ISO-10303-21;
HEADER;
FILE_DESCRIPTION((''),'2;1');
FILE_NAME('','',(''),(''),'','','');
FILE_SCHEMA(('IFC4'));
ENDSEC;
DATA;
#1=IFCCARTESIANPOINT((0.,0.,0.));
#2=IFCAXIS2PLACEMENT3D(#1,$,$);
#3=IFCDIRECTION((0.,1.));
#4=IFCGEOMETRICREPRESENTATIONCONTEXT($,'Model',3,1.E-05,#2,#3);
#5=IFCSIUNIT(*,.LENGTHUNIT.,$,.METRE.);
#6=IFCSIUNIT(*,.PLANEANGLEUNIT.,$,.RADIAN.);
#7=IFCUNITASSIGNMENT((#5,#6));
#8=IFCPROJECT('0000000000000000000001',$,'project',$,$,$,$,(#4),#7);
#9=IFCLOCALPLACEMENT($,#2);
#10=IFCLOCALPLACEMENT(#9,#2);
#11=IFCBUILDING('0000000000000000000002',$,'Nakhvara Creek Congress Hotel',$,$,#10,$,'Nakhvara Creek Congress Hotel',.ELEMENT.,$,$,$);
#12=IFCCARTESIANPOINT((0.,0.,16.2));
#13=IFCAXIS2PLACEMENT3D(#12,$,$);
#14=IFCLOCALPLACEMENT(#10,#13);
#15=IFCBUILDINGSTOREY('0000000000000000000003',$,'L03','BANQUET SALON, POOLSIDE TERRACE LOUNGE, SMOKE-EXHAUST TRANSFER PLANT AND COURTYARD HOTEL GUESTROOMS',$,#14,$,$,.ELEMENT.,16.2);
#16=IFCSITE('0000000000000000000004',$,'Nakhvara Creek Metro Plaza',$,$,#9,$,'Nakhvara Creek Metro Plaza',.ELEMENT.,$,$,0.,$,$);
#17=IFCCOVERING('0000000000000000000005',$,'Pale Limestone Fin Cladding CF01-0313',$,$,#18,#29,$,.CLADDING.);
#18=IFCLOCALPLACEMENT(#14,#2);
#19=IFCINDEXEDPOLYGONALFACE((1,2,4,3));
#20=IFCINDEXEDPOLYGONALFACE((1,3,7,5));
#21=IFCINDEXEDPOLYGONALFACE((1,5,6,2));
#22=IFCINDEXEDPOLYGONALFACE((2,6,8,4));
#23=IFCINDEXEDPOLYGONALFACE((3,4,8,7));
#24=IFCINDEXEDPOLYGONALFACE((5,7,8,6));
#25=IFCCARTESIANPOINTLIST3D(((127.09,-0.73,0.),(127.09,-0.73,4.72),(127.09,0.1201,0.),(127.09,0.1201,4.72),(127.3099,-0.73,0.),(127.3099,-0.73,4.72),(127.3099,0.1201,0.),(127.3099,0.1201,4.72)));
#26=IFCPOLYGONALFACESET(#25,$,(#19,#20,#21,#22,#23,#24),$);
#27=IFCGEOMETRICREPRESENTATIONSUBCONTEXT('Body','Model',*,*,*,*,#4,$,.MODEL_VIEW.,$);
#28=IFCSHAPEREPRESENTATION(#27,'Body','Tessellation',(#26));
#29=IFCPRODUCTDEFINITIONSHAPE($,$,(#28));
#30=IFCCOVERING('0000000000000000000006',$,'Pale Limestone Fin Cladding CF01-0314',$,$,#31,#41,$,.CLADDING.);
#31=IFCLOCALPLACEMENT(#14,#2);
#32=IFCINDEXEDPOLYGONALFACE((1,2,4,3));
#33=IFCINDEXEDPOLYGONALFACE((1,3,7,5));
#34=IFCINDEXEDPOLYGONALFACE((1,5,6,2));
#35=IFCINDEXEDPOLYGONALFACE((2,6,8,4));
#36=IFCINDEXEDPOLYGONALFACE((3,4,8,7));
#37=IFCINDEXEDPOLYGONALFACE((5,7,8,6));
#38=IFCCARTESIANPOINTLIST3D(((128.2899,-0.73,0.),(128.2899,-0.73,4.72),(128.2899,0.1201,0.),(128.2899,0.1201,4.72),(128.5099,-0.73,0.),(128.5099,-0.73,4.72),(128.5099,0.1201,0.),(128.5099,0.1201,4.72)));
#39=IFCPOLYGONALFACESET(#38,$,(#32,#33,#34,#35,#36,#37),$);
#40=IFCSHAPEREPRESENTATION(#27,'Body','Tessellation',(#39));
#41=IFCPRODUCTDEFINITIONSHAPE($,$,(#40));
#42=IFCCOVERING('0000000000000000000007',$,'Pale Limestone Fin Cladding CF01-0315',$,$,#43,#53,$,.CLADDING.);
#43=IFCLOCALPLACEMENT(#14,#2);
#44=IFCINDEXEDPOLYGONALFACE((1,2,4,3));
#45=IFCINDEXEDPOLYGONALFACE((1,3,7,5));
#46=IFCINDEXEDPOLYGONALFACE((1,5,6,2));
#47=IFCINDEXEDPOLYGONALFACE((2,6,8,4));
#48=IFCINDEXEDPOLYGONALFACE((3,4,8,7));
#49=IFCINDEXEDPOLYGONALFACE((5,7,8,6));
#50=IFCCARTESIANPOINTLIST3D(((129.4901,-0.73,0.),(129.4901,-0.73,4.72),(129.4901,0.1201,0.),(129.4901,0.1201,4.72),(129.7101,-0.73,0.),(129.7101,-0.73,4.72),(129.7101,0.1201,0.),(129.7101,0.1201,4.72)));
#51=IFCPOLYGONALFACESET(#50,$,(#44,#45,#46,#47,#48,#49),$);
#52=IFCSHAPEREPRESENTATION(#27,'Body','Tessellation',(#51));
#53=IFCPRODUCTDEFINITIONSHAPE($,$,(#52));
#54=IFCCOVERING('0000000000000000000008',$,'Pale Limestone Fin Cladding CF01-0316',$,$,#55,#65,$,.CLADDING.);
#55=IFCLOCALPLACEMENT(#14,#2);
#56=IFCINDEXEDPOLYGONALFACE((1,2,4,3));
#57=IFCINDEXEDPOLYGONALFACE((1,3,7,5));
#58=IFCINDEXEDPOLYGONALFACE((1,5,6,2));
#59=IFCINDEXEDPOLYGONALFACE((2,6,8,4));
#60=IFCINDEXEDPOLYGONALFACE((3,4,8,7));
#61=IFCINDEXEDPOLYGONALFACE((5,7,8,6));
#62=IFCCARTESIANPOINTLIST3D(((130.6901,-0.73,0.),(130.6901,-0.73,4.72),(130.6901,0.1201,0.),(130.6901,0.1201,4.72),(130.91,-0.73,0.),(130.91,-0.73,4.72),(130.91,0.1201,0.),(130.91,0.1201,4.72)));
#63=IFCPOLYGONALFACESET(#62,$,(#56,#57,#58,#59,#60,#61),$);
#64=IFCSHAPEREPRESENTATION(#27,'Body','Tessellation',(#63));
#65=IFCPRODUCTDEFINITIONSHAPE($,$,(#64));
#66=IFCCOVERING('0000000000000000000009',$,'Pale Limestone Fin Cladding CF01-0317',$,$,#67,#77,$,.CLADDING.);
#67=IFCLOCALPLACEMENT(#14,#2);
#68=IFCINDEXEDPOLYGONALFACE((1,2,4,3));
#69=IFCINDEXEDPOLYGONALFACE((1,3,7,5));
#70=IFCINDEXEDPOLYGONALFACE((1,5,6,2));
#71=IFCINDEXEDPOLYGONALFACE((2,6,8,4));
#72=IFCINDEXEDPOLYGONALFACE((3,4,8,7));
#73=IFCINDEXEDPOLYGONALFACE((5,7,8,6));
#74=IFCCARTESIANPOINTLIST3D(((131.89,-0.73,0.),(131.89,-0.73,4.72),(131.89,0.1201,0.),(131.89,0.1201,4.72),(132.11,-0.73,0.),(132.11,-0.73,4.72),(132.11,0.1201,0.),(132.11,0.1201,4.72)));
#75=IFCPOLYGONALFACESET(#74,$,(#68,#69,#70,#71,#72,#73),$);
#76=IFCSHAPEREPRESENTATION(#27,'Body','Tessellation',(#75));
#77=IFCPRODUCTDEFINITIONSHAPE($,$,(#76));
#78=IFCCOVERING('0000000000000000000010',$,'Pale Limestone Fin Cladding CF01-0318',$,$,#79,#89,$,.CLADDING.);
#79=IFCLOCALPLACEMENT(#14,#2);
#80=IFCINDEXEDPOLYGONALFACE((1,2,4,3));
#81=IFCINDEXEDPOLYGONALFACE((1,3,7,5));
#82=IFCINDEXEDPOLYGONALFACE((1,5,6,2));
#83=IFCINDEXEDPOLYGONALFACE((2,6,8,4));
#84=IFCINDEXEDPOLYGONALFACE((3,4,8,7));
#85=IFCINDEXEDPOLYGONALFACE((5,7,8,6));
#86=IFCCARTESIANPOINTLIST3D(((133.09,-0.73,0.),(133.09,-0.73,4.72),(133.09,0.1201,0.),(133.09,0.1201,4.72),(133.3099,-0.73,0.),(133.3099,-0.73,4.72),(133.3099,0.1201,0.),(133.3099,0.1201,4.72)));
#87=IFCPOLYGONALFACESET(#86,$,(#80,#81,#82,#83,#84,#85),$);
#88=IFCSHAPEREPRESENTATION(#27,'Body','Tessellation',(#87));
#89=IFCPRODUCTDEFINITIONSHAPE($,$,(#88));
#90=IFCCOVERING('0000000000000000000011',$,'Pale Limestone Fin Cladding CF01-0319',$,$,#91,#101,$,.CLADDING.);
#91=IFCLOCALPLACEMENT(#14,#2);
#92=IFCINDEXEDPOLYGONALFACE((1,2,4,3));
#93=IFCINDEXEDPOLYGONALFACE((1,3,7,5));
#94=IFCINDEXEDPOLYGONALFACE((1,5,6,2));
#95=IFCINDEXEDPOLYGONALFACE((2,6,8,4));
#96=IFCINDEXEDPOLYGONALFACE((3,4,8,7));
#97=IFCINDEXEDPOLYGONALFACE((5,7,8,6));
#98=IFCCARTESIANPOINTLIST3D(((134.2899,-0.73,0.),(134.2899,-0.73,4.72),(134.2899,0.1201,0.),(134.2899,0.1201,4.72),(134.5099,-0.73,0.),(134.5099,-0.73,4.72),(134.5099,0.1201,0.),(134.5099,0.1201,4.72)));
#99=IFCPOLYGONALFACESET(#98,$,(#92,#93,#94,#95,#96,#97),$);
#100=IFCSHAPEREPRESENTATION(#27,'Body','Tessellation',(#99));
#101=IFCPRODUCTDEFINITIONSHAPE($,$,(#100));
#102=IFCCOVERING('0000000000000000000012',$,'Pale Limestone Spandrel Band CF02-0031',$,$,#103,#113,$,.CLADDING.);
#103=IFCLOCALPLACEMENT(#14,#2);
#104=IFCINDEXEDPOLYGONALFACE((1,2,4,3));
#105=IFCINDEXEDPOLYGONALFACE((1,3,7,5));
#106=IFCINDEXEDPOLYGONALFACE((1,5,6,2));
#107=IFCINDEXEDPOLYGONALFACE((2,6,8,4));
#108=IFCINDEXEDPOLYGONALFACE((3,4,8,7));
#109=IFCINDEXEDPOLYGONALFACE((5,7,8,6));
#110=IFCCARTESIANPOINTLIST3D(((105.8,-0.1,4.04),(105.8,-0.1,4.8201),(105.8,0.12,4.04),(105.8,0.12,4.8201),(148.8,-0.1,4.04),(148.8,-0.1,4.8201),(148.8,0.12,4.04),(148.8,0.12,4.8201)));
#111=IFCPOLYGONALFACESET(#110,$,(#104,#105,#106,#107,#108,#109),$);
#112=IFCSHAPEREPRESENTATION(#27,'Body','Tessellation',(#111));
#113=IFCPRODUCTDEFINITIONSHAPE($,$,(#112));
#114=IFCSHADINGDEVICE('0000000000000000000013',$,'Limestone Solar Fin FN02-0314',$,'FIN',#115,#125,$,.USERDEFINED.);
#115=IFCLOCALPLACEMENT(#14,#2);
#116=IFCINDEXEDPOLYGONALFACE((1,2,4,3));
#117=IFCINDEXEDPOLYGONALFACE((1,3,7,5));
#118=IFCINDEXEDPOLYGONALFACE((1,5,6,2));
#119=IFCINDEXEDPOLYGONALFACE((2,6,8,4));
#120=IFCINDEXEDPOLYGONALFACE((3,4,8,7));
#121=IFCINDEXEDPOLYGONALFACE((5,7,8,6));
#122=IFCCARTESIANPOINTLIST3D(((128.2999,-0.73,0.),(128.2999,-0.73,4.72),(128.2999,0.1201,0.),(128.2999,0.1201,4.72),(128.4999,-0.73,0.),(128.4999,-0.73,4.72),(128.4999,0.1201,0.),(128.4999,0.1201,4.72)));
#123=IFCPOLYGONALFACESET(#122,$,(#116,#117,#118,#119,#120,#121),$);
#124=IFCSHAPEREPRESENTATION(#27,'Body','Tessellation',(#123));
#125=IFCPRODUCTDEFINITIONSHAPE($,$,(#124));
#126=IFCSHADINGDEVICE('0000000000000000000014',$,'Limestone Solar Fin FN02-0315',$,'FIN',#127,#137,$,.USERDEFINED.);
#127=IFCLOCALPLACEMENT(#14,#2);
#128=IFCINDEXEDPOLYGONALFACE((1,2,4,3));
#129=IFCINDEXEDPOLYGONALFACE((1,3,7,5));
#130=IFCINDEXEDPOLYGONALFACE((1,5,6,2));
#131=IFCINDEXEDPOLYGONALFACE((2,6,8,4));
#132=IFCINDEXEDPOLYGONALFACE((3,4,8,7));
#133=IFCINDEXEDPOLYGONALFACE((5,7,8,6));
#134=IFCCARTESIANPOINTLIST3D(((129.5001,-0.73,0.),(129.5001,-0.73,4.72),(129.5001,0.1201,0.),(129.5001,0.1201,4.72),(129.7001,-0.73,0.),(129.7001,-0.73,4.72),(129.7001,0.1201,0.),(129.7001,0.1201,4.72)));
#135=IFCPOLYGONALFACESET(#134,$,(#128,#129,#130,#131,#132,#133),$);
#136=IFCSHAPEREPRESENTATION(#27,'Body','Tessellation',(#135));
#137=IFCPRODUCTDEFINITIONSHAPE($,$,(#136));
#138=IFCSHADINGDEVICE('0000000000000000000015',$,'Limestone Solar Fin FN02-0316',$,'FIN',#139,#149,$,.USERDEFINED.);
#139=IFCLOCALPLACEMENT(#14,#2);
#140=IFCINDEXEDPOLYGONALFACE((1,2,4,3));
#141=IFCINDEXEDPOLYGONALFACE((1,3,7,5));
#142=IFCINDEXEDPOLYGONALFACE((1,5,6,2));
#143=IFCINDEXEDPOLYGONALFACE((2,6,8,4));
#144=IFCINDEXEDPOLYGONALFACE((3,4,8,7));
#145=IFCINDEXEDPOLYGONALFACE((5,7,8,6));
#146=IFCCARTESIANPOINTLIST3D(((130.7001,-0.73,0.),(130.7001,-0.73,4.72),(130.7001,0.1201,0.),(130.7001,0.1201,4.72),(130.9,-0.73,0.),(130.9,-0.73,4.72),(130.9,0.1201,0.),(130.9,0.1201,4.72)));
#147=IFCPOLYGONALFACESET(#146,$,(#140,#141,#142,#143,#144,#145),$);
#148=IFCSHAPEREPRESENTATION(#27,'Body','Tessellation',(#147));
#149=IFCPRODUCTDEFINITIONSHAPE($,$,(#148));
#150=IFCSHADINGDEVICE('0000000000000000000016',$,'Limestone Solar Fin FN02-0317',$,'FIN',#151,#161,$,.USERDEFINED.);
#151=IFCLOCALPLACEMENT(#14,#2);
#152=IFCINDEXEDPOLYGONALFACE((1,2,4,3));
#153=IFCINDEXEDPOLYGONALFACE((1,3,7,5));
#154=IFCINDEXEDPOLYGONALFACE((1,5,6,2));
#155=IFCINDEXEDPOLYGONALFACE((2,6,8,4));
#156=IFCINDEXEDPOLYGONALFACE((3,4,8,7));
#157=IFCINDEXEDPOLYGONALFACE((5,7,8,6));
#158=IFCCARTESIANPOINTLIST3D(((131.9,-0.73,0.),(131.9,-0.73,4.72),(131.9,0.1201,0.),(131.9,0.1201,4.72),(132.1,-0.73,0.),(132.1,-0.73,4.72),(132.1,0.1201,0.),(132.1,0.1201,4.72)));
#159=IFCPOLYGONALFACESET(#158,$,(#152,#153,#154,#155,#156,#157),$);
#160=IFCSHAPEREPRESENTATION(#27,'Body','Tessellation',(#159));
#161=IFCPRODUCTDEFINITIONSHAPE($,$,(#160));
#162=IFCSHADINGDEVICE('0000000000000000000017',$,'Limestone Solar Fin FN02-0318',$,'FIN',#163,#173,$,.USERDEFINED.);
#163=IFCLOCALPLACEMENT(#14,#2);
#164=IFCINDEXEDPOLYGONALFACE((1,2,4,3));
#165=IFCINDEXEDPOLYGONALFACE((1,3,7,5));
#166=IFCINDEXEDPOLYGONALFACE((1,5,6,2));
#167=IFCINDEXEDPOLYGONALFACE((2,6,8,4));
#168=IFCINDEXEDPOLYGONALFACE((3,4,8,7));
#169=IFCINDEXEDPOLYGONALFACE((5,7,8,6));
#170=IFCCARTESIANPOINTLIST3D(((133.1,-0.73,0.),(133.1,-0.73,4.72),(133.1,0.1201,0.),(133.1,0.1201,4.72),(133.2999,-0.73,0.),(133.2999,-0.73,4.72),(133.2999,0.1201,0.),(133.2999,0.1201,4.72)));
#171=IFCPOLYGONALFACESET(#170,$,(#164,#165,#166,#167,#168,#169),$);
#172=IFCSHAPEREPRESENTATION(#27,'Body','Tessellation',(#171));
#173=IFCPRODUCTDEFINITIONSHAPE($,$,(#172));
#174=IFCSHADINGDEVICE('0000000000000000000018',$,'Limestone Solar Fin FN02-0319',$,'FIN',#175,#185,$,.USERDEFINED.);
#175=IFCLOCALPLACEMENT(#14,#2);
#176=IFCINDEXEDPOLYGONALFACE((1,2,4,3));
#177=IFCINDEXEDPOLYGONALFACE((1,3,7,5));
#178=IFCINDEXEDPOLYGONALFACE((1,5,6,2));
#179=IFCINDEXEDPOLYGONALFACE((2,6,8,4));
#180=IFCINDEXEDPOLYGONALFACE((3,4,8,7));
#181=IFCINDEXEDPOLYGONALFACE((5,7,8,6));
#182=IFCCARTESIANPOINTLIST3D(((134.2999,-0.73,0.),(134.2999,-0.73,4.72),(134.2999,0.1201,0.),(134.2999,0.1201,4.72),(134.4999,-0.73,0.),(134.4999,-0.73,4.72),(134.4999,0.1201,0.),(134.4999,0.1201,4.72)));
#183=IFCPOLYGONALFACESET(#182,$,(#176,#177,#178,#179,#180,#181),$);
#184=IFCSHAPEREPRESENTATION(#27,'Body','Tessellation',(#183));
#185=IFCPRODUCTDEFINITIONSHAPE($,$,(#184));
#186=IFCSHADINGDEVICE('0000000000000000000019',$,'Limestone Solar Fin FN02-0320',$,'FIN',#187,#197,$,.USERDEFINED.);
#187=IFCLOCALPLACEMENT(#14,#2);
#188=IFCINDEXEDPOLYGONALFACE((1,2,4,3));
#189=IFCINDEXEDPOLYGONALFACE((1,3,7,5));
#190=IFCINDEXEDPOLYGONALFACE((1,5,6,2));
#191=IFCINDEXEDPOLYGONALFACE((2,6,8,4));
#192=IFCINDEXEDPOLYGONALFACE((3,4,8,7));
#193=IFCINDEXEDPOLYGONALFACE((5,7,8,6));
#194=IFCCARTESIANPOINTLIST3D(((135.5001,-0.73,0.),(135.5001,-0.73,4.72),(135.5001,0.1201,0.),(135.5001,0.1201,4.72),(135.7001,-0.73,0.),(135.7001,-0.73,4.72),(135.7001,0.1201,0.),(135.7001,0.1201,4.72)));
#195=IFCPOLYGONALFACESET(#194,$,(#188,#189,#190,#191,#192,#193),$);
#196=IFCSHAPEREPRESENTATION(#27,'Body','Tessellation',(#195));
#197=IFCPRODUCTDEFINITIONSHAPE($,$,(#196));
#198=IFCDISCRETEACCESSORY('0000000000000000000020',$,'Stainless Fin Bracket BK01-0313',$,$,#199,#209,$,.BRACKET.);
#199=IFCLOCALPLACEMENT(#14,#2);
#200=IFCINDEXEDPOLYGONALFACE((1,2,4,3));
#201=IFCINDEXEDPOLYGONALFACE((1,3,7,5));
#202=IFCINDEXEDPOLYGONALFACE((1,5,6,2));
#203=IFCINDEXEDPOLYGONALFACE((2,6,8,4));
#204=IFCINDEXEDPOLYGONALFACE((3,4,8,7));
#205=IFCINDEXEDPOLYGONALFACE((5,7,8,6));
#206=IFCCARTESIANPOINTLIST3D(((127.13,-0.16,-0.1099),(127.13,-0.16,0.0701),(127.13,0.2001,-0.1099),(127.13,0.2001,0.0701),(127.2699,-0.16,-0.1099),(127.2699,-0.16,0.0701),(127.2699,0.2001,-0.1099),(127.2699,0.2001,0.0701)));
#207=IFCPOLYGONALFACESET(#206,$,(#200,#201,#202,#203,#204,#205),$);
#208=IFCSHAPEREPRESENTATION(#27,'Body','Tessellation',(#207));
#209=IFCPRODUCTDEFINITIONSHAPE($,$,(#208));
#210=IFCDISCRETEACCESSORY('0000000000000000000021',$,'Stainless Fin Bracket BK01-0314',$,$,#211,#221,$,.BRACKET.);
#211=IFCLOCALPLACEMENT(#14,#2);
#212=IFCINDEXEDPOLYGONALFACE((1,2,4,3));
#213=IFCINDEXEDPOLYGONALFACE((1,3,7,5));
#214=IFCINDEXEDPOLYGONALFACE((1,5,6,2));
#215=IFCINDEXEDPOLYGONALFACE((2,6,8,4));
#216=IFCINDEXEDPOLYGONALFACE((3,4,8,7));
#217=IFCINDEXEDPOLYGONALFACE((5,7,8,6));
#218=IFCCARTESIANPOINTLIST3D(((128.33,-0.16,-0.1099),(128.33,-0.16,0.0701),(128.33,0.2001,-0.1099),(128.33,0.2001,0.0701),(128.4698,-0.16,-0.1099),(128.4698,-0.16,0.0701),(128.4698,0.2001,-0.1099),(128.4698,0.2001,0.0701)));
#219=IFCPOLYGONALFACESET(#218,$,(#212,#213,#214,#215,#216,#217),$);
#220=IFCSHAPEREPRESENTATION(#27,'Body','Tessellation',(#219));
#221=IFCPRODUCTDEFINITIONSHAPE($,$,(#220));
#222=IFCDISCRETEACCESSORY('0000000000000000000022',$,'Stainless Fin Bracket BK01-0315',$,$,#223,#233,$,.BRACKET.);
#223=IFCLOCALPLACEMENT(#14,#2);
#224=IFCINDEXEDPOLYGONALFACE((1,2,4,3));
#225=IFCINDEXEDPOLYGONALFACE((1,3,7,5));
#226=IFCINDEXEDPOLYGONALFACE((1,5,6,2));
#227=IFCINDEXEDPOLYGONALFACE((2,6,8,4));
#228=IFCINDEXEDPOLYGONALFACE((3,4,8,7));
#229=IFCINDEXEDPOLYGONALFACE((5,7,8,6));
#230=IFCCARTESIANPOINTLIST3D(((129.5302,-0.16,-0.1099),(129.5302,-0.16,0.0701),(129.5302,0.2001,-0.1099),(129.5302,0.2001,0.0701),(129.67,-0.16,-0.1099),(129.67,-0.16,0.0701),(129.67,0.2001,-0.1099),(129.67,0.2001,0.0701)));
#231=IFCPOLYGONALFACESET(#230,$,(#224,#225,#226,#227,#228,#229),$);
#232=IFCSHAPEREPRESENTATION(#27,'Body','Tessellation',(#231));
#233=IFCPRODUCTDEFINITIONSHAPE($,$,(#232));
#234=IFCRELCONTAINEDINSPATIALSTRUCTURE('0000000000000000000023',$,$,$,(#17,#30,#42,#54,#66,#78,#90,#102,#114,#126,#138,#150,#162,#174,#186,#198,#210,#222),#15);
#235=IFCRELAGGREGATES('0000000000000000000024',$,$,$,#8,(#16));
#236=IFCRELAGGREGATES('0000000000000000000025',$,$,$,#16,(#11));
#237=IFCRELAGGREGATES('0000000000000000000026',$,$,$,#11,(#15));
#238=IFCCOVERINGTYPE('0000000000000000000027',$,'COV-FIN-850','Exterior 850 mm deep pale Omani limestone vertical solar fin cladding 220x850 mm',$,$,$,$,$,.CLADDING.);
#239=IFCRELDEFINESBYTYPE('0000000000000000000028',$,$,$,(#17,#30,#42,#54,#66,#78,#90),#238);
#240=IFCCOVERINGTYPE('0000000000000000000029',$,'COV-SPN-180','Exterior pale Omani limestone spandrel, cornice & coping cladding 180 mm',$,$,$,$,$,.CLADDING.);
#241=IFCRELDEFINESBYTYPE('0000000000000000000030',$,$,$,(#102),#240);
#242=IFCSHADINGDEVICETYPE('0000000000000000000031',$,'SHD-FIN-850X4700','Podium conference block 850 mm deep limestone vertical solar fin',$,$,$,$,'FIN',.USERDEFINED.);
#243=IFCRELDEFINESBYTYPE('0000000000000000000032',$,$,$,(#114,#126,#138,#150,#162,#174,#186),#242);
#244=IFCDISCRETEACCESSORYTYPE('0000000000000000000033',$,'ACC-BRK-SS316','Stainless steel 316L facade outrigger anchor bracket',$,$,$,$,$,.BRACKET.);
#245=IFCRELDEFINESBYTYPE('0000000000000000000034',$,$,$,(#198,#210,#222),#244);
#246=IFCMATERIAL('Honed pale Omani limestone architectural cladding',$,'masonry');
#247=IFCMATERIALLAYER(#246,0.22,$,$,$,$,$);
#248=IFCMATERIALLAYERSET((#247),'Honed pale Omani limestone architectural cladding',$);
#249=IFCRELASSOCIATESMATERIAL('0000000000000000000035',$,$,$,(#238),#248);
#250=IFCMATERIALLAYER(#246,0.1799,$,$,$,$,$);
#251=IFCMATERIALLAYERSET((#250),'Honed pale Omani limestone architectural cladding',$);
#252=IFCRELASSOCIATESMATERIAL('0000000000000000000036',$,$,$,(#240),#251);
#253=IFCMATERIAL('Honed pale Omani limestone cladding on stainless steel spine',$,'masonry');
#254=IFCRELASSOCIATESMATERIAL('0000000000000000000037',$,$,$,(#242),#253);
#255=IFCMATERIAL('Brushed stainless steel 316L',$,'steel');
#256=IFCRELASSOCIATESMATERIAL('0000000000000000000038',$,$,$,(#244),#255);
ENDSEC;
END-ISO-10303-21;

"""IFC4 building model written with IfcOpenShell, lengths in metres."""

from ifc_helpers import new_model, si_unit, direction, frame, origin, origin_2d, place, context, subcontext, project, spatial, rectangle, extrude, material, layer, layer_set, type_object, element, save


model = new_model("IFC4")

# Units and contexts
model_context = context("Model", 3, precision=1e-05, world=origin(), true_north=direction((0.0, 1.0)))
body_context = subcontext(model_context, "Body", "Model", "MODEL_VIEW")
ifc_project = project(units=[si_unit("LENGTHUNIT", "METRE"), si_unit("PLANEANGLEUNIT", "RADIAN")], contexts=[model_context])

# Site, building, storey
site_placement = place(None, origin())
site = spatial("IfcSite", under=ifc_project, at=site_placement, Name="Nakhvara Creek Metro Plaza", LongName="Nakhvara Creek Metro Plaza", CompositionType="ELEMENT", RefElevation=0.0)
building_placement = place(site_placement, origin())
building = spatial("IfcBuilding", under=site, at=building_placement, Name="Nakhvara Creek Congress Hotel", LongName="Nakhvara Creek Congress Hotel", CompositionType="ELEMENT")
storey_placement = place(building_placement, frame((0.0, 0.0, 16.2)))
storey = spatial("IfcBuildingStorey", under=building, at=storey_placement, Name="L03", Description="BANQUET SALON, POOLSIDE TERRACE LOUNGE, SMOKE-EXHAUST TRANSFER PLANT AND COURTYARD HOTEL GUESTROOMS", CompositionType="ELEMENT", Elevation=16.2)

# Coverings
ifc_material_1 = material(Name="Honed pale Omani limestone architectural cladding", Category="masonry")
ifc_layer_1 = layer(ifc_material_1, 0.22)
ifc_layer_set_1 = layer_set([ifc_layer_1], Name="Honed pale Omani limestone architectural cladding")
covering_type_1 = type_object("IfcCoveringType", Name="COV-FIN-850", Description="Exterior 850 mm deep pale Omani limestone vertical solar fin cladding 220x850 mm", PredefinedType="CLADDING", material=ifc_layer_set_1)
for number, where, z_axis, x_axis, name in (
    (1, (127.2, -0.3049, 0.0), (0.0, 0.0, 1.0), (1.0, 0.0, 0.0), "Pale Limestone Fin Cladding CF01-0313"),
    (2, (128.3999, -0.3049, 0.0), (0.0, 0.0, 1.0), (1.0, 0.0, 0.0), "Pale Limestone Fin Cladding CF01-0314"),
    (3, (129.6001, -0.3049, 0.0), (0.0, 0.0, 1.0), (1.0, 0.0, 0.0), "Pale Limestone Fin Cladding CF01-0315"),
    (4, (130.8, -0.3049, 0.0), (0.0, 0.0, 1.0), (1.0, 0.0, 0.0), "Pale Limestone Fin Cladding CF01-0316"),
    (5, (132.0, -0.3049, 0.0), (0.0, 0.0, 1.0), (1.0, 0.0, 0.0), "Pale Limestone Fin Cladding CF01-0317"),
    (6, (133.2, -0.3049, 0.0), (0.0, 0.0, 1.0), (1.0, 0.0, 0.0), "Pale Limestone Fin Cladding CF01-0318"),
    (7, (134.3999, -0.3049, 0.0), (0.0, 0.0, 1.0), (1.0, 0.0, 0.0), "Pale Limestone Fin Cladding CF01-0319"),
):
    element("IfcCovering", number, at=place(storey_placement, frame(where, z_axis=z_axis, x_axis=x_axis)), inside=storey, type_object=covering_type_1, Name=name, PredefinedType="CLADDING", context=body_context, shape_type="SweptSolid", body=[
        extrude(rectangle(XDim=0.22, YDim=0.8501, at=origin_2d()), origin(), (0.0, 0.0, 1.0), 4.72),
    ])
ifc_layer_2 = layer(ifc_material_1, 0.1799)
ifc_layer_set_2 = layer_set([ifc_layer_2], Name="Honed pale Omani limestone architectural cladding")
covering_type_2 = type_object("IfcCoveringType", Name="COV-SPN-180", Description="Exterior pale Omani limestone spandrel, cornice & coping cladding 180 mm", PredefinedType="CLADDING", material=ifc_layer_set_2)
covering_placement = place(storey_placement, frame((127.3, 0.01, 4.04), z_axis=(0.0, 0.0, 1.0), x_axis=(1.0, 0.0, 0.0)))
element("IfcCovering", 8, at=covering_placement, inside=storey, type_object=covering_type_2, Name="Pale Limestone Spandrel Band CF02-0031", PredefinedType="CLADDING", context=body_context, shape_type="SweptSolid", body=[
    extrude(rectangle(XDim=43.0, YDim=0.22, at=origin_2d()), origin(), (0.0, 0.0, 1.0), 0.78),
])

# Shading devices
ifc_material_2 = material(Name="Honed pale Omani limestone cladding on stainless steel spine", Category="masonry")
shading_device_type = type_object("IfcShadingDeviceType", Name="SHD-FIN-850X4700", Description="Podium conference block 850 mm deep limestone vertical solar fin", ElementType="FIN", PredefinedType="USERDEFINED", material=ifc_material_2)
for number, where, z_axis, x_axis, name in (
    (9, (128.3999, -0.3049, 0.0), (0.0, 0.0, 1.0), (1.0, 0.0, 0.0), "Limestone Solar Fin FN02-0314"),
    (10, (129.6001, -0.3049, 0.0), (0.0, 0.0, 1.0), (1.0, 0.0, 0.0), "Limestone Solar Fin FN02-0315"),
    (11, (130.8, -0.3049, 0.0), (0.0, 0.0, 1.0), (1.0, 0.0, 0.0), "Limestone Solar Fin FN02-0316"),
    (12, (132.0, -0.3049, 0.0), (0.0, 0.0, 1.0), (1.0, 0.0, 0.0), "Limestone Solar Fin FN02-0317"),
    (13, (133.2, -0.3049, 0.0), (0.0, 0.0, 1.0), (1.0, 0.0, 0.0), "Limestone Solar Fin FN02-0318"),
    (14, (134.3999, -0.3049, 0.0), (0.0, 0.0, 1.0), (1.0, 0.0, 0.0), "Limestone Solar Fin FN02-0319"),
    (15, (135.6001, -0.3049, 0.0), (0.0, 0.0, 1.0), (1.0, 0.0, 0.0), "Limestone Solar Fin FN02-0320"),
):
    element("IfcShadingDevice", number, at=place(storey_placement, frame(where, z_axis=z_axis, x_axis=x_axis)), inside=storey, type_object=shading_device_type, Name=name, ObjectType="FIN", PredefinedType="USERDEFINED", context=body_context, shape_type="SweptSolid", body=[
        extrude(rectangle(XDim=0.2, YDim=0.8501, at=origin_2d()), origin(), (0.0, 0.0, 1.0), 4.72),
    ])

# Discrete accessories
ifc_material_3 = material(Name="Brushed stainless steel 316L", Category="steel")
discrete_accessory_type = type_object("IfcDiscreteAccessoryType", Name="ACC-BRK-SS316", Description="Stainless steel 316L facade outrigger anchor bracket", PredefinedType="BRACKET", material=ifc_material_3)
for number, where, z_axis, x_axis, name in (
    (16, (127.2, 0.02, -0.1099), (0.0, 0.0, 1.0), (1.0, 0.0, 0.0), "Stainless Fin Bracket BK01-0313"),
    (17, (128.3999, 0.02, -0.1099), (0.0, 0.0, 1.0), (1.0, 0.0, 0.0), "Stainless Fin Bracket BK01-0314"),
    (18, (129.6001, 0.02, -0.1099), (0.0, 0.0, 1.0), (1.0, 0.0, 0.0), "Stainless Fin Bracket BK01-0315"),
):
    element("IfcDiscreteAccessory", number, at=place(storey_placement, frame(where, z_axis=z_axis, x_axis=x_axis)), inside=storey, type_object=discrete_accessory_type, Name=name, PredefinedType="BRACKET", context=body_context, shape_type="SweptSolid", body=[
        extrude(rectangle(XDim=0.1399, YDim=0.3601, at=origin_2d()), origin(), (0.0, 0.0, 1.0), 0.1799),
    ])

save(model, "model.ifc")
